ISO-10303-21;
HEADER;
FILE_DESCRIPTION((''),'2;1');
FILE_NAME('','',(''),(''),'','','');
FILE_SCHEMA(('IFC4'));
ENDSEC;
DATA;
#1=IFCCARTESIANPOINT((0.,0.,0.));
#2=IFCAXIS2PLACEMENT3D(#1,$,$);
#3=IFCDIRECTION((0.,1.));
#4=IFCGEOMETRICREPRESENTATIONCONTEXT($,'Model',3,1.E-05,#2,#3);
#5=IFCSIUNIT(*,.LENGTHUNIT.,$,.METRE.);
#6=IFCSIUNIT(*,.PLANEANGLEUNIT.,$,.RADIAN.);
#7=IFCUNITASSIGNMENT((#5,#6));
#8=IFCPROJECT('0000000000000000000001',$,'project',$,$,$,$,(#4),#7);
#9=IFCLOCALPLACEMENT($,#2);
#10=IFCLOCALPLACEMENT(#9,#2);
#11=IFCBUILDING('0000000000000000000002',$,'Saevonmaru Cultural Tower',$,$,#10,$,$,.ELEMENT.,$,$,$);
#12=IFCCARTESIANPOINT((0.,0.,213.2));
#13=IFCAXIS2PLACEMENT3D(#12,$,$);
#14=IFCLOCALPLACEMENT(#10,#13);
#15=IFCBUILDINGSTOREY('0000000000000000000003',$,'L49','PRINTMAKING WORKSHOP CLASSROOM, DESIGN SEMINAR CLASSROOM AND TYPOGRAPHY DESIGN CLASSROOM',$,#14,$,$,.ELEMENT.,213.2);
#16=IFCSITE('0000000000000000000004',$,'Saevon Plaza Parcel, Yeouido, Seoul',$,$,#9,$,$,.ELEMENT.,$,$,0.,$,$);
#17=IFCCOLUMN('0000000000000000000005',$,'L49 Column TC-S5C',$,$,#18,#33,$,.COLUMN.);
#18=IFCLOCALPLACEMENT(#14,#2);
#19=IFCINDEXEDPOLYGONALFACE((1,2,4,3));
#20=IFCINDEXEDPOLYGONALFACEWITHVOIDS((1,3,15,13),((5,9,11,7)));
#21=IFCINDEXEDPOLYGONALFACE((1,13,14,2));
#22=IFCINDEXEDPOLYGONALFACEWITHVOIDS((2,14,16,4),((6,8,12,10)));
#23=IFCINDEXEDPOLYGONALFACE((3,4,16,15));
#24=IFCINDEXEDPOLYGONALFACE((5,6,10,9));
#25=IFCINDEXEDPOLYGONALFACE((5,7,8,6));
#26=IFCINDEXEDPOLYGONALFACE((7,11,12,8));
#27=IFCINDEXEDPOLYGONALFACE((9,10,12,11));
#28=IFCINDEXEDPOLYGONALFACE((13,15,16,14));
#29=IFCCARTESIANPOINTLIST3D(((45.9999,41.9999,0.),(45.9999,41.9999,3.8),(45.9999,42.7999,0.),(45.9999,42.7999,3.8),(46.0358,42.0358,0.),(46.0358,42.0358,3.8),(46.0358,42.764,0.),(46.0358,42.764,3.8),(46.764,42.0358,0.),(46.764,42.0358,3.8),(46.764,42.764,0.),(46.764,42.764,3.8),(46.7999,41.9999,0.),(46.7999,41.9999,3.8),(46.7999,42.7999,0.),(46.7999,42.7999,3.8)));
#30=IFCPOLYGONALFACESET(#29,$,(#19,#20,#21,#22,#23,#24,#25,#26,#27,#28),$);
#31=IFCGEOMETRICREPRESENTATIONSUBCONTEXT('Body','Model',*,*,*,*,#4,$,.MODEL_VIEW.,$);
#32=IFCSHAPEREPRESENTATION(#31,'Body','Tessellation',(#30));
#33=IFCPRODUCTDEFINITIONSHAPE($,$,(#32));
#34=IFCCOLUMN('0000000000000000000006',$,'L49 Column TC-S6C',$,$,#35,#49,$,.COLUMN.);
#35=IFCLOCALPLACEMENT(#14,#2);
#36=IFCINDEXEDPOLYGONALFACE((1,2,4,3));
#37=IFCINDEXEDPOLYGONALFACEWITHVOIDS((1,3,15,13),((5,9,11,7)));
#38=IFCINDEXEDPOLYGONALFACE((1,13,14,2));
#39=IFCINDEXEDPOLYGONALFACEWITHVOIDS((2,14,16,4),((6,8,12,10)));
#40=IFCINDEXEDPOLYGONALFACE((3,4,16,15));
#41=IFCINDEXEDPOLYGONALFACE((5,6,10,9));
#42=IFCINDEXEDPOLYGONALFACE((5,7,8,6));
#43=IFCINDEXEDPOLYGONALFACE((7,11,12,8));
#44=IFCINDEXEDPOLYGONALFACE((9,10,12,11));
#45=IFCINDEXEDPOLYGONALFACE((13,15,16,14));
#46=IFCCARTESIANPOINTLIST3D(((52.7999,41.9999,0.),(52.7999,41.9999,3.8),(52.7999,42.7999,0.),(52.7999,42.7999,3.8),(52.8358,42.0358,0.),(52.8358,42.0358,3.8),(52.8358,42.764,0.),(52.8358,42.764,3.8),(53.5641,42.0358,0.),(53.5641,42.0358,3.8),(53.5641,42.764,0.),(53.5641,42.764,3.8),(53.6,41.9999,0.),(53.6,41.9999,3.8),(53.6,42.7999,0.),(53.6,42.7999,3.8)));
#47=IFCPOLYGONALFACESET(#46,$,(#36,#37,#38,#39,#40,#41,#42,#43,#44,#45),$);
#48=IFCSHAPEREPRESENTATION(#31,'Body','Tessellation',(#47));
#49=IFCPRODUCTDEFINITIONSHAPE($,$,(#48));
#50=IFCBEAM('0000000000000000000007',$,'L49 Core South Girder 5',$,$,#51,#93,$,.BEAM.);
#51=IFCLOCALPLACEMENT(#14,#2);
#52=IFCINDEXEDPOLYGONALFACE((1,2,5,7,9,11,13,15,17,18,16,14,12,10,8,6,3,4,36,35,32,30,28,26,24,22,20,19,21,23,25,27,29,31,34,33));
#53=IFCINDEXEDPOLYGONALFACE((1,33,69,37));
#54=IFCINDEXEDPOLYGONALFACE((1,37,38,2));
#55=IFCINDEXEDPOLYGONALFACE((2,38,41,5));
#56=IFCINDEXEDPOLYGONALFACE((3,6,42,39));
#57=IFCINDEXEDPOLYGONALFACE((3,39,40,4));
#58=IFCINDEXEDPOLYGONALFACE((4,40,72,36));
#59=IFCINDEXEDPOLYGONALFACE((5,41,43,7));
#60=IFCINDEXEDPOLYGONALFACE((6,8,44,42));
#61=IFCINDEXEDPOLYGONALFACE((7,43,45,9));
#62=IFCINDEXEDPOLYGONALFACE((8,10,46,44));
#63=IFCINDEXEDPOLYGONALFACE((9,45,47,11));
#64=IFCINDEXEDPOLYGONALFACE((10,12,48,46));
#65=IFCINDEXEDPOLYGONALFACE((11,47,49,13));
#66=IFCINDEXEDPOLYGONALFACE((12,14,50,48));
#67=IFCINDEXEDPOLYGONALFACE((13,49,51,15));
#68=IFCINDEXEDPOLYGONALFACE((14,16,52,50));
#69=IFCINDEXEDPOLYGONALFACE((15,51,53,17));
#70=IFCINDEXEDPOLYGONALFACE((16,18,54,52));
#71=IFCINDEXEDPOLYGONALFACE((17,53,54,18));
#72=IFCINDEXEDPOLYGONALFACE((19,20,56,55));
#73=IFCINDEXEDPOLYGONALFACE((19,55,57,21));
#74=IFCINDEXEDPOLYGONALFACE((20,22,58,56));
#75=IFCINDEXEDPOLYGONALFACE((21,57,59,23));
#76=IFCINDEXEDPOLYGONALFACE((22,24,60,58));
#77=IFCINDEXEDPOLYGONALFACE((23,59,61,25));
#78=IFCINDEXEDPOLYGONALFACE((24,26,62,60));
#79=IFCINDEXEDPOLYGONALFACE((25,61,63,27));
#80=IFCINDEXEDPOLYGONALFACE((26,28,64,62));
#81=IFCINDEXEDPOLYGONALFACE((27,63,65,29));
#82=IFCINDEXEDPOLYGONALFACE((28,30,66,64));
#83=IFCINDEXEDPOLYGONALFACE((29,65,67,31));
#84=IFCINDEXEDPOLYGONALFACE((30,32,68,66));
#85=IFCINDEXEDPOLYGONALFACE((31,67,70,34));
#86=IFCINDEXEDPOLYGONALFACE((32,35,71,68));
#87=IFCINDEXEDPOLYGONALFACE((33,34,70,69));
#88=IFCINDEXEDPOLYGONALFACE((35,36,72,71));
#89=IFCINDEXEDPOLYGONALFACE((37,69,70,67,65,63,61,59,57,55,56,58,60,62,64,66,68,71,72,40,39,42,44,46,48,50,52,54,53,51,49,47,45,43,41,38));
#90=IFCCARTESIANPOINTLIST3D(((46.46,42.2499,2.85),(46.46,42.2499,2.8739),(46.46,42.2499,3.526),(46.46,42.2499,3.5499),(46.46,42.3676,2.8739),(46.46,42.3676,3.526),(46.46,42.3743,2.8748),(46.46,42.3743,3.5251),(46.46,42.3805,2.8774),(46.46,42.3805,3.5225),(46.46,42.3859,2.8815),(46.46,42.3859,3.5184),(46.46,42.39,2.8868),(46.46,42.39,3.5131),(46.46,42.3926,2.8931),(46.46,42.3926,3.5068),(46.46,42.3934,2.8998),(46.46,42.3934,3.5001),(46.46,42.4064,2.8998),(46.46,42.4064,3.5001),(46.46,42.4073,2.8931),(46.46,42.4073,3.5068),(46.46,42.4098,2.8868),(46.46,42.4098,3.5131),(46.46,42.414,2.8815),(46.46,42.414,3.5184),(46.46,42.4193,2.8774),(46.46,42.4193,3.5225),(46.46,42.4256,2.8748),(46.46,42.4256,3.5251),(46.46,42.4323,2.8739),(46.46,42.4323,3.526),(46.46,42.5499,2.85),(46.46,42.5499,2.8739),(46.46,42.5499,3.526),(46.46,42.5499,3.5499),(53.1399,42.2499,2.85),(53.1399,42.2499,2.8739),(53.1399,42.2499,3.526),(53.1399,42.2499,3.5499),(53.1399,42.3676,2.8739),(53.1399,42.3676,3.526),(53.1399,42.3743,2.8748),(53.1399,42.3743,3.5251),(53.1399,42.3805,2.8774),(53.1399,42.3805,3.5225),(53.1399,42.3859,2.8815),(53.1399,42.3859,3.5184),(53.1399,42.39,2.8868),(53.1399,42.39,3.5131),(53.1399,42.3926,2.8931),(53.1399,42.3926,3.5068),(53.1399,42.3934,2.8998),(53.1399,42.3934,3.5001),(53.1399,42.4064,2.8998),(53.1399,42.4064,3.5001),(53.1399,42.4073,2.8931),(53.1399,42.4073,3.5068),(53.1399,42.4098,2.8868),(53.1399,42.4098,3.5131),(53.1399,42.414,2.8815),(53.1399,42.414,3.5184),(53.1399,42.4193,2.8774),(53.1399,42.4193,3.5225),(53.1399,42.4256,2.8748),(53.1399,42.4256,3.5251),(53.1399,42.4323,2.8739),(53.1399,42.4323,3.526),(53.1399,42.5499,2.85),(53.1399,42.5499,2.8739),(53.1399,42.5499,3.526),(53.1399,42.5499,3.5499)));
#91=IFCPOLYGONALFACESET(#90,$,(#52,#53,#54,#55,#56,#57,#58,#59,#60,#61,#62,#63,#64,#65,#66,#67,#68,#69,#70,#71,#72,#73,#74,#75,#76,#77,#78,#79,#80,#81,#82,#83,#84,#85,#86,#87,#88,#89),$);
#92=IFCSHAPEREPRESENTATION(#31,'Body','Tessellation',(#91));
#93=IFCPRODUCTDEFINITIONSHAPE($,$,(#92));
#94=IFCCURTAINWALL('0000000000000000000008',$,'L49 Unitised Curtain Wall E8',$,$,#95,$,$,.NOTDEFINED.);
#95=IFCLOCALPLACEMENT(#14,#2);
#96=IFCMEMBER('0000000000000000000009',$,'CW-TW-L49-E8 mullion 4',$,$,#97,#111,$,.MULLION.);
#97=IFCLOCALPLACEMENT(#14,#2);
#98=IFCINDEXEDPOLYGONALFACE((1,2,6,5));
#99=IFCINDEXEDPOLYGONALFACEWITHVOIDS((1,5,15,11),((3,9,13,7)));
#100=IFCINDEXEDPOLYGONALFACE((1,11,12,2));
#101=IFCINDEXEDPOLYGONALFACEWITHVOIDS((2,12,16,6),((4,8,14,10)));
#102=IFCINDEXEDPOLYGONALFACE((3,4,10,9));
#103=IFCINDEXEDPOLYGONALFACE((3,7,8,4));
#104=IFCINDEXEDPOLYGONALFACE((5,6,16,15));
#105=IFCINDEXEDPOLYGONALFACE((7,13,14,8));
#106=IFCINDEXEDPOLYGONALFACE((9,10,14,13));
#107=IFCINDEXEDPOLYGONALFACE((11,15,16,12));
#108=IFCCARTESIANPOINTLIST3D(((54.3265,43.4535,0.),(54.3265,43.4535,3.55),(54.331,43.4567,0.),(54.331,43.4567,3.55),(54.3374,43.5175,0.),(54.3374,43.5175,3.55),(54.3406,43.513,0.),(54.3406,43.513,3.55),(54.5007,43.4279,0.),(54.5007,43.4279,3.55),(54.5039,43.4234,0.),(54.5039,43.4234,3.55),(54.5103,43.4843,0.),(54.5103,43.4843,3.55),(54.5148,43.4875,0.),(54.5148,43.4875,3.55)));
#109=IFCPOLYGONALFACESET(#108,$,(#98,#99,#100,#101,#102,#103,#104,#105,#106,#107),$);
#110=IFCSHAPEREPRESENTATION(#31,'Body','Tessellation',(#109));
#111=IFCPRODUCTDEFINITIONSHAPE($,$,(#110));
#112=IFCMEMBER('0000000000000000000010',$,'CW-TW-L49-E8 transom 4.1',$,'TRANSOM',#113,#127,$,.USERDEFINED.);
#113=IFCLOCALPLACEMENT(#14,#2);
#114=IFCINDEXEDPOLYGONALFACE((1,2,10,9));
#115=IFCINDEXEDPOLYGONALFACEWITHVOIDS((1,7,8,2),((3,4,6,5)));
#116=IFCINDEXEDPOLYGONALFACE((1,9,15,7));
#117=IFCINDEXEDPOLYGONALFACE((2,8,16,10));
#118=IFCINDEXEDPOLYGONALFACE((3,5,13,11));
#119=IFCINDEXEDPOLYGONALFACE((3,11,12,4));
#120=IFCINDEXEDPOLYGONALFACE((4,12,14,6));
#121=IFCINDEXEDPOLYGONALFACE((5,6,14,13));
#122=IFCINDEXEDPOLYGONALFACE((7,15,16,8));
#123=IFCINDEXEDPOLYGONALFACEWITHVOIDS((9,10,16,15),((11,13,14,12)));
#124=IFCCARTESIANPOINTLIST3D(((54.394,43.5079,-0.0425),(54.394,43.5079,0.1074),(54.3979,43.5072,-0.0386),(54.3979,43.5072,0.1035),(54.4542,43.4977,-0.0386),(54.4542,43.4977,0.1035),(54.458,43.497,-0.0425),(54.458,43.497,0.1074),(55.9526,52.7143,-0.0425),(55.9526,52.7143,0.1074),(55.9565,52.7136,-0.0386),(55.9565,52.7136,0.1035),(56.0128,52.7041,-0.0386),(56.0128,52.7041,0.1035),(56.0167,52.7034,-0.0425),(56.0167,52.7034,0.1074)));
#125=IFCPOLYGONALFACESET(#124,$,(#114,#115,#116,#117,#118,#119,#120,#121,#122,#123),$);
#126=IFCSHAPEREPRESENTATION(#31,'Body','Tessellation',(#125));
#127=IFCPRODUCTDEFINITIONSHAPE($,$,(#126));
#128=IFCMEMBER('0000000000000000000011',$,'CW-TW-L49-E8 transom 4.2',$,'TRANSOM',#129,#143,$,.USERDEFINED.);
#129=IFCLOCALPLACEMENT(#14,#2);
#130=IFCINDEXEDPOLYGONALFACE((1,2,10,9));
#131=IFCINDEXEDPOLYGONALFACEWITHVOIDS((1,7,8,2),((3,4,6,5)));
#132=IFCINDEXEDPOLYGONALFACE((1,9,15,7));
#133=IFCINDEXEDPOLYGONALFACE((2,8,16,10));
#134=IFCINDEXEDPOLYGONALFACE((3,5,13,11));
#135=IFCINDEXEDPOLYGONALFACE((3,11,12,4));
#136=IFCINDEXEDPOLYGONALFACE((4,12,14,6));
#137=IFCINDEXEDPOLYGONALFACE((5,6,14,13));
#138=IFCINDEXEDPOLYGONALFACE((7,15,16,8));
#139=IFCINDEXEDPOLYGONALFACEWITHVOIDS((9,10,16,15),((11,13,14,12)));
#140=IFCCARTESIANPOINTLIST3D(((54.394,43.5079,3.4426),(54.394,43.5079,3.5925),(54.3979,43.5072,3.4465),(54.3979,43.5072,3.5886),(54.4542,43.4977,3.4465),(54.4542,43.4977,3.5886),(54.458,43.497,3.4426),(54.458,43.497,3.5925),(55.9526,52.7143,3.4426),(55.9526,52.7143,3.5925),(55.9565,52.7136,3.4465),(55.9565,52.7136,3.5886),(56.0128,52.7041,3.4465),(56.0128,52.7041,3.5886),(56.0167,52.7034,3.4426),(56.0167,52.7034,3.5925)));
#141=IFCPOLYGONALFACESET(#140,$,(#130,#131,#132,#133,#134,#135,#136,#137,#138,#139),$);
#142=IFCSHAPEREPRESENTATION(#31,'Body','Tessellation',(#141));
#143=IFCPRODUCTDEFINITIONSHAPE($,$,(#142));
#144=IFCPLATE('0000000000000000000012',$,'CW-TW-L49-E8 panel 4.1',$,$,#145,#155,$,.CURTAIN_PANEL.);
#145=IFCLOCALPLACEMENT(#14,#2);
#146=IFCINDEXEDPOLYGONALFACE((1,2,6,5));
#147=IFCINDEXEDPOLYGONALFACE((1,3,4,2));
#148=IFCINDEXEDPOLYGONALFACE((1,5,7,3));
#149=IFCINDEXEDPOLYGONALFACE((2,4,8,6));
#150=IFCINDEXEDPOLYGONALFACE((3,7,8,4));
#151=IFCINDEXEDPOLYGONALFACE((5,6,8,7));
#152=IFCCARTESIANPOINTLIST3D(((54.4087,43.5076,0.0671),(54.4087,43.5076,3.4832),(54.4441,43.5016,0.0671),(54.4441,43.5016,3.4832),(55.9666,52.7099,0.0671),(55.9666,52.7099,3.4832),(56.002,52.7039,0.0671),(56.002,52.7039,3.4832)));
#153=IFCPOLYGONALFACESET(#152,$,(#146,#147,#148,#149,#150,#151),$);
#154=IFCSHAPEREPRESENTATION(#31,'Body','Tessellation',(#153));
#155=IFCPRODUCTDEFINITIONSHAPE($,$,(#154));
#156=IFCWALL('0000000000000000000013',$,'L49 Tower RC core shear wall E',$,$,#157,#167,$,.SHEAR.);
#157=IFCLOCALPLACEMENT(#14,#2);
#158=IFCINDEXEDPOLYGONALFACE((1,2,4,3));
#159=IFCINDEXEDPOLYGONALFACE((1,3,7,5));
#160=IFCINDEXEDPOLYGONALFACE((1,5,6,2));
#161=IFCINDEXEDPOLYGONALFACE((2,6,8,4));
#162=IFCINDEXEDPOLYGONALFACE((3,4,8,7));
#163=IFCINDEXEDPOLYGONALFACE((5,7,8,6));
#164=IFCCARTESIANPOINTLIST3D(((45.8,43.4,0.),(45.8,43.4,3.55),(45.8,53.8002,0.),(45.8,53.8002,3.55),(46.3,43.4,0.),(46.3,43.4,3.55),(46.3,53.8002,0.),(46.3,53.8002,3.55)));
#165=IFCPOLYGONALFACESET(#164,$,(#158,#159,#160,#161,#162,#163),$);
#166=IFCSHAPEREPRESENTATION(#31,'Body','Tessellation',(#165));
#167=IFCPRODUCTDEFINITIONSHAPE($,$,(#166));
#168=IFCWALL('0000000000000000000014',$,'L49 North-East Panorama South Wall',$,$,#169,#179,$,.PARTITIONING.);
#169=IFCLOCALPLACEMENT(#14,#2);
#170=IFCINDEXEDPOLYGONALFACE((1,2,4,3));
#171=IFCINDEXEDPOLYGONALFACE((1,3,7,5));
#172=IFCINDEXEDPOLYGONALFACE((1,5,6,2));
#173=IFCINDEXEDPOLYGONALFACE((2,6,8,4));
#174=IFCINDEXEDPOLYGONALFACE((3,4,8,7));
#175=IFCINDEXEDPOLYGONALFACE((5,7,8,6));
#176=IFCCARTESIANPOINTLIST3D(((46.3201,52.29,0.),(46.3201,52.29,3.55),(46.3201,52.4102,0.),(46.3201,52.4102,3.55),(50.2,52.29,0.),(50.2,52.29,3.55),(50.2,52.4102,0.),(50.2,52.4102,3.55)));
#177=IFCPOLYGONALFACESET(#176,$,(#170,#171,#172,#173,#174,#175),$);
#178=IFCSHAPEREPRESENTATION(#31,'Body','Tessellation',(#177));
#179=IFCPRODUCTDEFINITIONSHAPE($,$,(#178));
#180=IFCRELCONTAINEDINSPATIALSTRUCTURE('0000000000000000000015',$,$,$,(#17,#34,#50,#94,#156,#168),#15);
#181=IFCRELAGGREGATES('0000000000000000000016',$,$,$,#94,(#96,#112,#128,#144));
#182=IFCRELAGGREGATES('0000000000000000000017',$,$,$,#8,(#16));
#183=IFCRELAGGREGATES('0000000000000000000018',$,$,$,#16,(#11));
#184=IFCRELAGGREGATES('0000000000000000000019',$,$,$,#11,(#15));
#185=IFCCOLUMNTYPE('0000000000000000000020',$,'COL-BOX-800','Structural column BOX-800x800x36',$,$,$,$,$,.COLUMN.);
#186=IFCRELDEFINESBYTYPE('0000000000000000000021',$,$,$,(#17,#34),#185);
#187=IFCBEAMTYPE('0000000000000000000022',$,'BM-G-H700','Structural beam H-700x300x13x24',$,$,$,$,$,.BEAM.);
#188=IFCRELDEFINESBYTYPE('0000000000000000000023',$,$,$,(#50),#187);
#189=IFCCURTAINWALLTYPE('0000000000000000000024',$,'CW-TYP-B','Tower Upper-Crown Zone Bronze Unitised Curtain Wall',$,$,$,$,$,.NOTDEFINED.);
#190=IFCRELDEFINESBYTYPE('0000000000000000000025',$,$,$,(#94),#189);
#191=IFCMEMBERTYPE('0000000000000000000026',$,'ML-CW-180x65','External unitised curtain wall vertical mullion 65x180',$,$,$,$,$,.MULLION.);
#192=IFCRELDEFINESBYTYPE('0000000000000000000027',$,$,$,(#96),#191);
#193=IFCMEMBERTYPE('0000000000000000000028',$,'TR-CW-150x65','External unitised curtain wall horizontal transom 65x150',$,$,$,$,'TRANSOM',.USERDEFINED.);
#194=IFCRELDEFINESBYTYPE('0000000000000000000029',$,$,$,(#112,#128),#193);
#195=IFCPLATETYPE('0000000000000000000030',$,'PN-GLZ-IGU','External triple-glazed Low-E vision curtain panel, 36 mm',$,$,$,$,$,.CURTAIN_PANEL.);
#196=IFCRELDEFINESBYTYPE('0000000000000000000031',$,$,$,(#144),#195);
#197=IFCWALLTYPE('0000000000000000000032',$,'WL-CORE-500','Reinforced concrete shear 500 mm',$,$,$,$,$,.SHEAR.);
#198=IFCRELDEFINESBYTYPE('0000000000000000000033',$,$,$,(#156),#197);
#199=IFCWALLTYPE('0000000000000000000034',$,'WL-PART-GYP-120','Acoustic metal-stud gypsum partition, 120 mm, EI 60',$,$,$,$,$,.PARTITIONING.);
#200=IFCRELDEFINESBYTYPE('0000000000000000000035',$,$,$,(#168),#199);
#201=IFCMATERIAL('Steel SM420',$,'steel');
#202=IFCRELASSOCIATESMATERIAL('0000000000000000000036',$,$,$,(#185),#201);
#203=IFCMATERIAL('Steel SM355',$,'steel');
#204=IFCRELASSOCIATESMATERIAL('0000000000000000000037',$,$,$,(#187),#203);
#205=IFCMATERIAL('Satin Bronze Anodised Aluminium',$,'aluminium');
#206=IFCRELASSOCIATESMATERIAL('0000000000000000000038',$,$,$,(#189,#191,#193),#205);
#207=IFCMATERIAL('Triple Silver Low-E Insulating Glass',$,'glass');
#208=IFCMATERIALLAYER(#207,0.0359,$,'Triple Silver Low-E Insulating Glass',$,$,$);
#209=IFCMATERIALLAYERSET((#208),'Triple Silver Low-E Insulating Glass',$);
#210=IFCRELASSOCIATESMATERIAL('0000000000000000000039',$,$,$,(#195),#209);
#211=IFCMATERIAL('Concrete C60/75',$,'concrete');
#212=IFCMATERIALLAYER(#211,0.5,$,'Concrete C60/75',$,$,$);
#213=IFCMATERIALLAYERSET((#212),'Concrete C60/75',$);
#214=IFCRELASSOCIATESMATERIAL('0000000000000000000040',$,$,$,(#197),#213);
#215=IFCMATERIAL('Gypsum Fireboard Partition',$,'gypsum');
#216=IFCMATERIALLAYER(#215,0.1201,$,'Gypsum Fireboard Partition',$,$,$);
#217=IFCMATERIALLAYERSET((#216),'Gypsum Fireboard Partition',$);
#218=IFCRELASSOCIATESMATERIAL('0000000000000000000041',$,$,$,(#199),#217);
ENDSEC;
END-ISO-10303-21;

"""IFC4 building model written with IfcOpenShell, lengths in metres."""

from ifc_helpers import new_model, si_unit, direction, frame, frame_2d, origin, origin_2d, place, context, subcontext, project, spatial, rectangle, hollow_rectangle, i_section, extrude, material, layer, layer_set, material_profile, profile_set, type_object, element, aggregate, save


model = new_model("IFC4")

# Units and contexts
model_context = context("Model", 3, precision=1e-05, world=origin(), true_north=direction((0.0, 1.0)))
body_context = subcontext(model_context, "Body", "Model", "MODEL_VIEW")
ifc_project = project(units=[si_unit("LENGTHUNIT", "METRE"), si_unit("PLANEANGLEUNIT", "RADIAN")], contexts=[model_context])

# Site, building, storey
site_placement = place(None, origin())
site = spatial("IfcSite", under=ifc_project, at=site_placement, Name="Saevon Plaza Parcel, Yeouido, Seoul", CompositionType="ELEMENT", RefElevation=0.0)
building_placement = place(site_placement, origin())
building = spatial("IfcBuilding", under=site, at=building_placement, Name="Saevonmaru Cultural Tower", CompositionType="ELEMENT")
storey_placement = place(building_placement, frame((0.0, 0.0, 213.2)))
storey = spatial("IfcBuildingStorey", under=building, at=storey_placement, Name="L49", Description="PRINTMAKING WORKSHOP CLASSROOM, DESIGN SEMINAR CLASSROOM AND TYPOGRAPHY DESIGN CLASSROOM", CompositionType="ELEMENT", Elevation=213.2)

# Columns
ifc_material_1 = material(Name="Steel SM420", Category="steel")
ifc_material_profile_1 = material_profile(ifc_material_1, hollow_rectangle(XDim=0.8, YDim=0.8, WallThickness=0.0359, at=origin_2d()), Name="BOX-800x800x36")
ifc_profile_set_1 = profile_set([ifc_material_profile_1], Name="Steel SM420")
column_type = type_object("IfcColumnType", Name="COL-BOX-800", Description="Structural column BOX-800x800x36", PredefinedType="COLUMN", material=ifc_profile_set_1)
for number, where, z_axis, x_axis, name in (
    (1, (46.3999, 42.3999, 0.0), (0.0, 0.0, 1.0), (1.0, 0.0, 0.0), "L49 Column TC-S5C"),
    (2, (53.2, 42.3999, 0.0), (0.0, 0.0, 1.0), (1.0, 0.0, 0.0), "L49 Column TC-S6C"),
):
    element("IfcColumn", number, at=place(storey_placement, frame(where, z_axis=z_axis, x_axis=x_axis)), inside=storey, type_object=column_type, Name=name, PredefinedType="COLUMN", context=body_context, shape_type="SweptSolid", body=[
        extrude(hollow_rectangle(XDim=0.8, YDim=0.8, WallThickness=0.0359, at=origin_2d()), origin(), (0.0, 0.0, 1.0), 3.8),
    ])

# Beam
ifc_material_2 = material(Name="Steel SM355", Category="steel")
ifc_material_profile_2 = material_profile(ifc_material_2, i_section(OverallWidth=0.3, OverallDepth=0.7, WebThickness=0.0129, FlangeThickness=0.0239, FilletRadius=0.0259, at=origin_2d()), Name="H-700x300x13x24")
ifc_profile_set_2 = profile_set([ifc_material_profile_2], Name="Steel SM355")
beam_type = type_object("IfcBeamType", Name="BM-G-H700", Description="Structural beam H-700x300x13x24", PredefinedType="BEAM", material=ifc_profile_set_2)
beam_placement = place(storey_placement, frame((46.46, 42.3999, 3.2), z_axis=(1.0, 0.0, 0.0), x_axis=(0.0, 1.0, 0.0)))
element("IfcBeam", 3, at=beam_placement, inside=storey, type_object=beam_type, Name="L49 Core South Girder 5", PredefinedType="BEAM", context=body_context, shape_type="SweptSolid", body=[
    extrude(i_section(OverallWidth=0.3, OverallDepth=0.7, WebThickness=0.0129, FlangeThickness=0.0239, FilletRadius=0.0259, at=origin_2d()), origin(), (0.0, 0.0, 1.0), 6.6799),
])

# Curtain wall, members, plate
ifc_material_3 = material(Name="Satin Bronze Anodised Aluminium", Category="aluminium")
curtain_wall_type = type_object("IfcCurtainWallType", Name="CW-TYP-B", Description="Tower Upper-Crown Zone Bronze Unitised Curtain Wall", PredefinedType="NOTDEFINED", material=ifc_material_3)
curtain_wall_placement = place(storey_placement, origin())
curtain_wall = element("IfcCurtainWall", 4, at=curtain_wall_placement, inside=storey, type_object=curtain_wall_type, Name="L49 Unitised Curtain Wall E8", PredefinedType="NOTDEFINED")
ifc_material_profile_3 = material_profile(ifc_material_3, hollow_rectangle(XDim=0.0649, YDim=0.1799, WallThickness=0.0039, at=origin_2d()), Name="ALU-MULL-180x65x4")
ifc_profile_set_3 = profile_set([ifc_material_profile_3], Name="Satin Bronze Anodised Aluminium")
member_type_1 = type_object("IfcMemberType", Name="ML-CW-180x65", Description="External unitised curtain wall vertical mullion 65x180", PredefinedType="MULLION", material=ifc_profile_set_3)
member_1_placement = place(storey_placement, frame((54.4207, 43.4705, 0.0), z_axis=(0.0, 0.0, 1.0), x_axis=(0.166922, 0.98597, 0.0)))
member_1 = element("IfcMember", 5, at=member_1_placement, type_object=member_type_1, Name="CW-TW-L49-E8 mullion 4", PredefinedType="MULLION", context=body_context, shape_type="SweptSolid", body=[
    extrude(hollow_rectangle(XDim=0.0649, YDim=0.1799, WallThickness=0.0039, at=origin_2d()), origin(), (0.0, 0.0, 1.0), 3.55),
])
ifc_material_profile_4 = material_profile(ifc_material_3, hollow_rectangle(XDim=0.0649, YDim=0.1499, WallThickness=0.0039, at=origin_2d()), Name="ALU-TRAN-150x65x4")
ifc_profile_set_4 = profile_set([ifc_material_profile_4], Name="Satin Bronze Anodised Aluminium")
member_type_2 = type_object("IfcMemberType", Name="TR-CW-150x65", Description="External unitised curtain wall horizontal transom 65x150", ElementType="TRANSOM", PredefinedType="USERDEFINED", material=ifc_profile_set_4)
member_2_placement = place(storey_placement, frame((54.426, 43.5024, 0.0325), z_axis=(0.166921, 0.98597, 0.0), x_axis=(-0.98597, 0.166921, 0.0)))
member_2 = element("IfcMember", 6, at=member_2_placement, type_object=member_type_2, Name="CW-TW-L49-E8 transom 4.1", ObjectType="TRANSOM", PredefinedType="USERDEFINED", context=body_context, shape_type="SweptSolid", body=[
    extrude(hollow_rectangle(XDim=0.0649, YDim=0.1499, WallThickness=0.0039, at=origin_2d()), origin(), (0.0, 0.0, 1.0), 9.3374),
])
member_3_placement = place(storey_placement, frame((54.426, 43.5024, 3.5176), z_axis=(0.166921, 0.98597, 0.0), x_axis=(-0.98597, 0.166921, 0.0)))
member_3 = element("IfcMember", 7, at=member_3_placement, type_object=member_type_2, Name="CW-TW-L49-E8 transom 4.2", ObjectType="TRANSOM", PredefinedType="USERDEFINED", context=body_context, shape_type="SweptSolid", body=[
    extrude(hollow_rectangle(XDim=0.0649, YDim=0.1499, WallThickness=0.0039, at=origin_2d()), origin(), (0.0, 0.0, 1.0), 9.3374),
])
ifc_material_4 = material(Name="Triple Silver Low-E Insulating Glass", Category="glass")
ifc_layer_1 = layer(ifc_material_4, 0.0359, Name="Triple Silver Low-E Insulating Glass")
ifc_layer_set_1 = layer_set([ifc_layer_1], Name="Triple Silver Low-E Insulating Glass")
plate_type = type_object("IfcPlateType", Name="PN-GLZ-IGU", Description="External triple-glazed Low-E vision curtain panel, 36 mm", PredefinedType="CURTAIN_PANEL", material=ifc_layer_set_1)
plate_placement = place(storey_placement, frame((55.2053, 48.1057, 0.0671), z_axis=(0.0, 0.0, 1.0), x_axis=(0.166922, 0.98597, 0.0)))
plate = element("IfcPlate", 8, at=plate_placement, type_object=plate_type, Name="CW-TW-L49-E8 panel 4.1", PredefinedType="CURTAIN_PANEL", context=body_context, shape_type="SweptSolid", body=[
    extrude(rectangle(XDim=9.3333, YDim=0.0359, at=origin_2d()), origin(), (0.0, 0.0, 1.0), 3.416),
])
aggregate(curtain_wall, [member_1, member_2, member_3, plate])

# Walls
ifc_material_5 = material(Name="Concrete C60/75", Category="concrete")
ifc_layer_2 = layer(ifc_material_5, 0.5, Name="Concrete C60/75")
ifc_layer_set_2 = layer_set([ifc_layer_2], Name="Concrete C60/75")
wall_type_1 = type_object("IfcWallType", Name="WL-CORE-500", Description="Reinforced concrete shear 500 mm", PredefinedType="SHEAR", material=ifc_layer_set_2)
wall_1_placement = place(storey_placement, frame((46.05, 43.3999, 0.0), z_axis=(0.0, 0.0, 1.0), x_axis=(0.0, 1.0, 0.0)))
element("IfcWall", 9, at=wall_1_placement, inside=storey, type_object=wall_type_1, Name="L49 Tower RC core shear wall E", PredefinedType="SHEAR", context=body_context, shape_type="SweptSolid", body=[
    extrude(rectangle(XDim=10.4001, YDim=0.5, at=frame_2d((5.2002, 0.0))), origin(), (0.0, 0.0, 1.0), 3.55),
])
ifc_material_6 = material(Name="Gypsum Fireboard Partition", Category="gypsum")
ifc_layer_3 = layer(ifc_material_6, 0.1201, Name="Gypsum Fireboard Partition")
ifc_layer_set_3 = layer_set([ifc_layer_3], Name="Gypsum Fireboard Partition")
wall_type_2 = type_object("IfcWallType", Name="WL-PART-GYP-120", Description="Acoustic metal-stud gypsum partition, 120 mm, EI 60", PredefinedType="PARTITIONING", material=ifc_layer_set_3)
wall_2_placement = place(storey_placement, frame((46.3201, 52.3501, 0.0), z_axis=(0.0, 0.0, 1.0), x_axis=(1.0, 0.0, 0.0)))
element("IfcWall", 10, at=wall_2_placement, inside=storey, type_object=wall_type_2, Name="L49 North-East Panorama South Wall", PredefinedType="PARTITIONING", context=body_context, shape_type="SweptSolid", body=[
    extrude(rectangle(XDim=3.8799, YDim=0.1201, at=frame_2d((1.9399, 0.0))), origin(), (0.0, 0.0, 1.0), 3.55),
])

save(model, "model.ifc")
